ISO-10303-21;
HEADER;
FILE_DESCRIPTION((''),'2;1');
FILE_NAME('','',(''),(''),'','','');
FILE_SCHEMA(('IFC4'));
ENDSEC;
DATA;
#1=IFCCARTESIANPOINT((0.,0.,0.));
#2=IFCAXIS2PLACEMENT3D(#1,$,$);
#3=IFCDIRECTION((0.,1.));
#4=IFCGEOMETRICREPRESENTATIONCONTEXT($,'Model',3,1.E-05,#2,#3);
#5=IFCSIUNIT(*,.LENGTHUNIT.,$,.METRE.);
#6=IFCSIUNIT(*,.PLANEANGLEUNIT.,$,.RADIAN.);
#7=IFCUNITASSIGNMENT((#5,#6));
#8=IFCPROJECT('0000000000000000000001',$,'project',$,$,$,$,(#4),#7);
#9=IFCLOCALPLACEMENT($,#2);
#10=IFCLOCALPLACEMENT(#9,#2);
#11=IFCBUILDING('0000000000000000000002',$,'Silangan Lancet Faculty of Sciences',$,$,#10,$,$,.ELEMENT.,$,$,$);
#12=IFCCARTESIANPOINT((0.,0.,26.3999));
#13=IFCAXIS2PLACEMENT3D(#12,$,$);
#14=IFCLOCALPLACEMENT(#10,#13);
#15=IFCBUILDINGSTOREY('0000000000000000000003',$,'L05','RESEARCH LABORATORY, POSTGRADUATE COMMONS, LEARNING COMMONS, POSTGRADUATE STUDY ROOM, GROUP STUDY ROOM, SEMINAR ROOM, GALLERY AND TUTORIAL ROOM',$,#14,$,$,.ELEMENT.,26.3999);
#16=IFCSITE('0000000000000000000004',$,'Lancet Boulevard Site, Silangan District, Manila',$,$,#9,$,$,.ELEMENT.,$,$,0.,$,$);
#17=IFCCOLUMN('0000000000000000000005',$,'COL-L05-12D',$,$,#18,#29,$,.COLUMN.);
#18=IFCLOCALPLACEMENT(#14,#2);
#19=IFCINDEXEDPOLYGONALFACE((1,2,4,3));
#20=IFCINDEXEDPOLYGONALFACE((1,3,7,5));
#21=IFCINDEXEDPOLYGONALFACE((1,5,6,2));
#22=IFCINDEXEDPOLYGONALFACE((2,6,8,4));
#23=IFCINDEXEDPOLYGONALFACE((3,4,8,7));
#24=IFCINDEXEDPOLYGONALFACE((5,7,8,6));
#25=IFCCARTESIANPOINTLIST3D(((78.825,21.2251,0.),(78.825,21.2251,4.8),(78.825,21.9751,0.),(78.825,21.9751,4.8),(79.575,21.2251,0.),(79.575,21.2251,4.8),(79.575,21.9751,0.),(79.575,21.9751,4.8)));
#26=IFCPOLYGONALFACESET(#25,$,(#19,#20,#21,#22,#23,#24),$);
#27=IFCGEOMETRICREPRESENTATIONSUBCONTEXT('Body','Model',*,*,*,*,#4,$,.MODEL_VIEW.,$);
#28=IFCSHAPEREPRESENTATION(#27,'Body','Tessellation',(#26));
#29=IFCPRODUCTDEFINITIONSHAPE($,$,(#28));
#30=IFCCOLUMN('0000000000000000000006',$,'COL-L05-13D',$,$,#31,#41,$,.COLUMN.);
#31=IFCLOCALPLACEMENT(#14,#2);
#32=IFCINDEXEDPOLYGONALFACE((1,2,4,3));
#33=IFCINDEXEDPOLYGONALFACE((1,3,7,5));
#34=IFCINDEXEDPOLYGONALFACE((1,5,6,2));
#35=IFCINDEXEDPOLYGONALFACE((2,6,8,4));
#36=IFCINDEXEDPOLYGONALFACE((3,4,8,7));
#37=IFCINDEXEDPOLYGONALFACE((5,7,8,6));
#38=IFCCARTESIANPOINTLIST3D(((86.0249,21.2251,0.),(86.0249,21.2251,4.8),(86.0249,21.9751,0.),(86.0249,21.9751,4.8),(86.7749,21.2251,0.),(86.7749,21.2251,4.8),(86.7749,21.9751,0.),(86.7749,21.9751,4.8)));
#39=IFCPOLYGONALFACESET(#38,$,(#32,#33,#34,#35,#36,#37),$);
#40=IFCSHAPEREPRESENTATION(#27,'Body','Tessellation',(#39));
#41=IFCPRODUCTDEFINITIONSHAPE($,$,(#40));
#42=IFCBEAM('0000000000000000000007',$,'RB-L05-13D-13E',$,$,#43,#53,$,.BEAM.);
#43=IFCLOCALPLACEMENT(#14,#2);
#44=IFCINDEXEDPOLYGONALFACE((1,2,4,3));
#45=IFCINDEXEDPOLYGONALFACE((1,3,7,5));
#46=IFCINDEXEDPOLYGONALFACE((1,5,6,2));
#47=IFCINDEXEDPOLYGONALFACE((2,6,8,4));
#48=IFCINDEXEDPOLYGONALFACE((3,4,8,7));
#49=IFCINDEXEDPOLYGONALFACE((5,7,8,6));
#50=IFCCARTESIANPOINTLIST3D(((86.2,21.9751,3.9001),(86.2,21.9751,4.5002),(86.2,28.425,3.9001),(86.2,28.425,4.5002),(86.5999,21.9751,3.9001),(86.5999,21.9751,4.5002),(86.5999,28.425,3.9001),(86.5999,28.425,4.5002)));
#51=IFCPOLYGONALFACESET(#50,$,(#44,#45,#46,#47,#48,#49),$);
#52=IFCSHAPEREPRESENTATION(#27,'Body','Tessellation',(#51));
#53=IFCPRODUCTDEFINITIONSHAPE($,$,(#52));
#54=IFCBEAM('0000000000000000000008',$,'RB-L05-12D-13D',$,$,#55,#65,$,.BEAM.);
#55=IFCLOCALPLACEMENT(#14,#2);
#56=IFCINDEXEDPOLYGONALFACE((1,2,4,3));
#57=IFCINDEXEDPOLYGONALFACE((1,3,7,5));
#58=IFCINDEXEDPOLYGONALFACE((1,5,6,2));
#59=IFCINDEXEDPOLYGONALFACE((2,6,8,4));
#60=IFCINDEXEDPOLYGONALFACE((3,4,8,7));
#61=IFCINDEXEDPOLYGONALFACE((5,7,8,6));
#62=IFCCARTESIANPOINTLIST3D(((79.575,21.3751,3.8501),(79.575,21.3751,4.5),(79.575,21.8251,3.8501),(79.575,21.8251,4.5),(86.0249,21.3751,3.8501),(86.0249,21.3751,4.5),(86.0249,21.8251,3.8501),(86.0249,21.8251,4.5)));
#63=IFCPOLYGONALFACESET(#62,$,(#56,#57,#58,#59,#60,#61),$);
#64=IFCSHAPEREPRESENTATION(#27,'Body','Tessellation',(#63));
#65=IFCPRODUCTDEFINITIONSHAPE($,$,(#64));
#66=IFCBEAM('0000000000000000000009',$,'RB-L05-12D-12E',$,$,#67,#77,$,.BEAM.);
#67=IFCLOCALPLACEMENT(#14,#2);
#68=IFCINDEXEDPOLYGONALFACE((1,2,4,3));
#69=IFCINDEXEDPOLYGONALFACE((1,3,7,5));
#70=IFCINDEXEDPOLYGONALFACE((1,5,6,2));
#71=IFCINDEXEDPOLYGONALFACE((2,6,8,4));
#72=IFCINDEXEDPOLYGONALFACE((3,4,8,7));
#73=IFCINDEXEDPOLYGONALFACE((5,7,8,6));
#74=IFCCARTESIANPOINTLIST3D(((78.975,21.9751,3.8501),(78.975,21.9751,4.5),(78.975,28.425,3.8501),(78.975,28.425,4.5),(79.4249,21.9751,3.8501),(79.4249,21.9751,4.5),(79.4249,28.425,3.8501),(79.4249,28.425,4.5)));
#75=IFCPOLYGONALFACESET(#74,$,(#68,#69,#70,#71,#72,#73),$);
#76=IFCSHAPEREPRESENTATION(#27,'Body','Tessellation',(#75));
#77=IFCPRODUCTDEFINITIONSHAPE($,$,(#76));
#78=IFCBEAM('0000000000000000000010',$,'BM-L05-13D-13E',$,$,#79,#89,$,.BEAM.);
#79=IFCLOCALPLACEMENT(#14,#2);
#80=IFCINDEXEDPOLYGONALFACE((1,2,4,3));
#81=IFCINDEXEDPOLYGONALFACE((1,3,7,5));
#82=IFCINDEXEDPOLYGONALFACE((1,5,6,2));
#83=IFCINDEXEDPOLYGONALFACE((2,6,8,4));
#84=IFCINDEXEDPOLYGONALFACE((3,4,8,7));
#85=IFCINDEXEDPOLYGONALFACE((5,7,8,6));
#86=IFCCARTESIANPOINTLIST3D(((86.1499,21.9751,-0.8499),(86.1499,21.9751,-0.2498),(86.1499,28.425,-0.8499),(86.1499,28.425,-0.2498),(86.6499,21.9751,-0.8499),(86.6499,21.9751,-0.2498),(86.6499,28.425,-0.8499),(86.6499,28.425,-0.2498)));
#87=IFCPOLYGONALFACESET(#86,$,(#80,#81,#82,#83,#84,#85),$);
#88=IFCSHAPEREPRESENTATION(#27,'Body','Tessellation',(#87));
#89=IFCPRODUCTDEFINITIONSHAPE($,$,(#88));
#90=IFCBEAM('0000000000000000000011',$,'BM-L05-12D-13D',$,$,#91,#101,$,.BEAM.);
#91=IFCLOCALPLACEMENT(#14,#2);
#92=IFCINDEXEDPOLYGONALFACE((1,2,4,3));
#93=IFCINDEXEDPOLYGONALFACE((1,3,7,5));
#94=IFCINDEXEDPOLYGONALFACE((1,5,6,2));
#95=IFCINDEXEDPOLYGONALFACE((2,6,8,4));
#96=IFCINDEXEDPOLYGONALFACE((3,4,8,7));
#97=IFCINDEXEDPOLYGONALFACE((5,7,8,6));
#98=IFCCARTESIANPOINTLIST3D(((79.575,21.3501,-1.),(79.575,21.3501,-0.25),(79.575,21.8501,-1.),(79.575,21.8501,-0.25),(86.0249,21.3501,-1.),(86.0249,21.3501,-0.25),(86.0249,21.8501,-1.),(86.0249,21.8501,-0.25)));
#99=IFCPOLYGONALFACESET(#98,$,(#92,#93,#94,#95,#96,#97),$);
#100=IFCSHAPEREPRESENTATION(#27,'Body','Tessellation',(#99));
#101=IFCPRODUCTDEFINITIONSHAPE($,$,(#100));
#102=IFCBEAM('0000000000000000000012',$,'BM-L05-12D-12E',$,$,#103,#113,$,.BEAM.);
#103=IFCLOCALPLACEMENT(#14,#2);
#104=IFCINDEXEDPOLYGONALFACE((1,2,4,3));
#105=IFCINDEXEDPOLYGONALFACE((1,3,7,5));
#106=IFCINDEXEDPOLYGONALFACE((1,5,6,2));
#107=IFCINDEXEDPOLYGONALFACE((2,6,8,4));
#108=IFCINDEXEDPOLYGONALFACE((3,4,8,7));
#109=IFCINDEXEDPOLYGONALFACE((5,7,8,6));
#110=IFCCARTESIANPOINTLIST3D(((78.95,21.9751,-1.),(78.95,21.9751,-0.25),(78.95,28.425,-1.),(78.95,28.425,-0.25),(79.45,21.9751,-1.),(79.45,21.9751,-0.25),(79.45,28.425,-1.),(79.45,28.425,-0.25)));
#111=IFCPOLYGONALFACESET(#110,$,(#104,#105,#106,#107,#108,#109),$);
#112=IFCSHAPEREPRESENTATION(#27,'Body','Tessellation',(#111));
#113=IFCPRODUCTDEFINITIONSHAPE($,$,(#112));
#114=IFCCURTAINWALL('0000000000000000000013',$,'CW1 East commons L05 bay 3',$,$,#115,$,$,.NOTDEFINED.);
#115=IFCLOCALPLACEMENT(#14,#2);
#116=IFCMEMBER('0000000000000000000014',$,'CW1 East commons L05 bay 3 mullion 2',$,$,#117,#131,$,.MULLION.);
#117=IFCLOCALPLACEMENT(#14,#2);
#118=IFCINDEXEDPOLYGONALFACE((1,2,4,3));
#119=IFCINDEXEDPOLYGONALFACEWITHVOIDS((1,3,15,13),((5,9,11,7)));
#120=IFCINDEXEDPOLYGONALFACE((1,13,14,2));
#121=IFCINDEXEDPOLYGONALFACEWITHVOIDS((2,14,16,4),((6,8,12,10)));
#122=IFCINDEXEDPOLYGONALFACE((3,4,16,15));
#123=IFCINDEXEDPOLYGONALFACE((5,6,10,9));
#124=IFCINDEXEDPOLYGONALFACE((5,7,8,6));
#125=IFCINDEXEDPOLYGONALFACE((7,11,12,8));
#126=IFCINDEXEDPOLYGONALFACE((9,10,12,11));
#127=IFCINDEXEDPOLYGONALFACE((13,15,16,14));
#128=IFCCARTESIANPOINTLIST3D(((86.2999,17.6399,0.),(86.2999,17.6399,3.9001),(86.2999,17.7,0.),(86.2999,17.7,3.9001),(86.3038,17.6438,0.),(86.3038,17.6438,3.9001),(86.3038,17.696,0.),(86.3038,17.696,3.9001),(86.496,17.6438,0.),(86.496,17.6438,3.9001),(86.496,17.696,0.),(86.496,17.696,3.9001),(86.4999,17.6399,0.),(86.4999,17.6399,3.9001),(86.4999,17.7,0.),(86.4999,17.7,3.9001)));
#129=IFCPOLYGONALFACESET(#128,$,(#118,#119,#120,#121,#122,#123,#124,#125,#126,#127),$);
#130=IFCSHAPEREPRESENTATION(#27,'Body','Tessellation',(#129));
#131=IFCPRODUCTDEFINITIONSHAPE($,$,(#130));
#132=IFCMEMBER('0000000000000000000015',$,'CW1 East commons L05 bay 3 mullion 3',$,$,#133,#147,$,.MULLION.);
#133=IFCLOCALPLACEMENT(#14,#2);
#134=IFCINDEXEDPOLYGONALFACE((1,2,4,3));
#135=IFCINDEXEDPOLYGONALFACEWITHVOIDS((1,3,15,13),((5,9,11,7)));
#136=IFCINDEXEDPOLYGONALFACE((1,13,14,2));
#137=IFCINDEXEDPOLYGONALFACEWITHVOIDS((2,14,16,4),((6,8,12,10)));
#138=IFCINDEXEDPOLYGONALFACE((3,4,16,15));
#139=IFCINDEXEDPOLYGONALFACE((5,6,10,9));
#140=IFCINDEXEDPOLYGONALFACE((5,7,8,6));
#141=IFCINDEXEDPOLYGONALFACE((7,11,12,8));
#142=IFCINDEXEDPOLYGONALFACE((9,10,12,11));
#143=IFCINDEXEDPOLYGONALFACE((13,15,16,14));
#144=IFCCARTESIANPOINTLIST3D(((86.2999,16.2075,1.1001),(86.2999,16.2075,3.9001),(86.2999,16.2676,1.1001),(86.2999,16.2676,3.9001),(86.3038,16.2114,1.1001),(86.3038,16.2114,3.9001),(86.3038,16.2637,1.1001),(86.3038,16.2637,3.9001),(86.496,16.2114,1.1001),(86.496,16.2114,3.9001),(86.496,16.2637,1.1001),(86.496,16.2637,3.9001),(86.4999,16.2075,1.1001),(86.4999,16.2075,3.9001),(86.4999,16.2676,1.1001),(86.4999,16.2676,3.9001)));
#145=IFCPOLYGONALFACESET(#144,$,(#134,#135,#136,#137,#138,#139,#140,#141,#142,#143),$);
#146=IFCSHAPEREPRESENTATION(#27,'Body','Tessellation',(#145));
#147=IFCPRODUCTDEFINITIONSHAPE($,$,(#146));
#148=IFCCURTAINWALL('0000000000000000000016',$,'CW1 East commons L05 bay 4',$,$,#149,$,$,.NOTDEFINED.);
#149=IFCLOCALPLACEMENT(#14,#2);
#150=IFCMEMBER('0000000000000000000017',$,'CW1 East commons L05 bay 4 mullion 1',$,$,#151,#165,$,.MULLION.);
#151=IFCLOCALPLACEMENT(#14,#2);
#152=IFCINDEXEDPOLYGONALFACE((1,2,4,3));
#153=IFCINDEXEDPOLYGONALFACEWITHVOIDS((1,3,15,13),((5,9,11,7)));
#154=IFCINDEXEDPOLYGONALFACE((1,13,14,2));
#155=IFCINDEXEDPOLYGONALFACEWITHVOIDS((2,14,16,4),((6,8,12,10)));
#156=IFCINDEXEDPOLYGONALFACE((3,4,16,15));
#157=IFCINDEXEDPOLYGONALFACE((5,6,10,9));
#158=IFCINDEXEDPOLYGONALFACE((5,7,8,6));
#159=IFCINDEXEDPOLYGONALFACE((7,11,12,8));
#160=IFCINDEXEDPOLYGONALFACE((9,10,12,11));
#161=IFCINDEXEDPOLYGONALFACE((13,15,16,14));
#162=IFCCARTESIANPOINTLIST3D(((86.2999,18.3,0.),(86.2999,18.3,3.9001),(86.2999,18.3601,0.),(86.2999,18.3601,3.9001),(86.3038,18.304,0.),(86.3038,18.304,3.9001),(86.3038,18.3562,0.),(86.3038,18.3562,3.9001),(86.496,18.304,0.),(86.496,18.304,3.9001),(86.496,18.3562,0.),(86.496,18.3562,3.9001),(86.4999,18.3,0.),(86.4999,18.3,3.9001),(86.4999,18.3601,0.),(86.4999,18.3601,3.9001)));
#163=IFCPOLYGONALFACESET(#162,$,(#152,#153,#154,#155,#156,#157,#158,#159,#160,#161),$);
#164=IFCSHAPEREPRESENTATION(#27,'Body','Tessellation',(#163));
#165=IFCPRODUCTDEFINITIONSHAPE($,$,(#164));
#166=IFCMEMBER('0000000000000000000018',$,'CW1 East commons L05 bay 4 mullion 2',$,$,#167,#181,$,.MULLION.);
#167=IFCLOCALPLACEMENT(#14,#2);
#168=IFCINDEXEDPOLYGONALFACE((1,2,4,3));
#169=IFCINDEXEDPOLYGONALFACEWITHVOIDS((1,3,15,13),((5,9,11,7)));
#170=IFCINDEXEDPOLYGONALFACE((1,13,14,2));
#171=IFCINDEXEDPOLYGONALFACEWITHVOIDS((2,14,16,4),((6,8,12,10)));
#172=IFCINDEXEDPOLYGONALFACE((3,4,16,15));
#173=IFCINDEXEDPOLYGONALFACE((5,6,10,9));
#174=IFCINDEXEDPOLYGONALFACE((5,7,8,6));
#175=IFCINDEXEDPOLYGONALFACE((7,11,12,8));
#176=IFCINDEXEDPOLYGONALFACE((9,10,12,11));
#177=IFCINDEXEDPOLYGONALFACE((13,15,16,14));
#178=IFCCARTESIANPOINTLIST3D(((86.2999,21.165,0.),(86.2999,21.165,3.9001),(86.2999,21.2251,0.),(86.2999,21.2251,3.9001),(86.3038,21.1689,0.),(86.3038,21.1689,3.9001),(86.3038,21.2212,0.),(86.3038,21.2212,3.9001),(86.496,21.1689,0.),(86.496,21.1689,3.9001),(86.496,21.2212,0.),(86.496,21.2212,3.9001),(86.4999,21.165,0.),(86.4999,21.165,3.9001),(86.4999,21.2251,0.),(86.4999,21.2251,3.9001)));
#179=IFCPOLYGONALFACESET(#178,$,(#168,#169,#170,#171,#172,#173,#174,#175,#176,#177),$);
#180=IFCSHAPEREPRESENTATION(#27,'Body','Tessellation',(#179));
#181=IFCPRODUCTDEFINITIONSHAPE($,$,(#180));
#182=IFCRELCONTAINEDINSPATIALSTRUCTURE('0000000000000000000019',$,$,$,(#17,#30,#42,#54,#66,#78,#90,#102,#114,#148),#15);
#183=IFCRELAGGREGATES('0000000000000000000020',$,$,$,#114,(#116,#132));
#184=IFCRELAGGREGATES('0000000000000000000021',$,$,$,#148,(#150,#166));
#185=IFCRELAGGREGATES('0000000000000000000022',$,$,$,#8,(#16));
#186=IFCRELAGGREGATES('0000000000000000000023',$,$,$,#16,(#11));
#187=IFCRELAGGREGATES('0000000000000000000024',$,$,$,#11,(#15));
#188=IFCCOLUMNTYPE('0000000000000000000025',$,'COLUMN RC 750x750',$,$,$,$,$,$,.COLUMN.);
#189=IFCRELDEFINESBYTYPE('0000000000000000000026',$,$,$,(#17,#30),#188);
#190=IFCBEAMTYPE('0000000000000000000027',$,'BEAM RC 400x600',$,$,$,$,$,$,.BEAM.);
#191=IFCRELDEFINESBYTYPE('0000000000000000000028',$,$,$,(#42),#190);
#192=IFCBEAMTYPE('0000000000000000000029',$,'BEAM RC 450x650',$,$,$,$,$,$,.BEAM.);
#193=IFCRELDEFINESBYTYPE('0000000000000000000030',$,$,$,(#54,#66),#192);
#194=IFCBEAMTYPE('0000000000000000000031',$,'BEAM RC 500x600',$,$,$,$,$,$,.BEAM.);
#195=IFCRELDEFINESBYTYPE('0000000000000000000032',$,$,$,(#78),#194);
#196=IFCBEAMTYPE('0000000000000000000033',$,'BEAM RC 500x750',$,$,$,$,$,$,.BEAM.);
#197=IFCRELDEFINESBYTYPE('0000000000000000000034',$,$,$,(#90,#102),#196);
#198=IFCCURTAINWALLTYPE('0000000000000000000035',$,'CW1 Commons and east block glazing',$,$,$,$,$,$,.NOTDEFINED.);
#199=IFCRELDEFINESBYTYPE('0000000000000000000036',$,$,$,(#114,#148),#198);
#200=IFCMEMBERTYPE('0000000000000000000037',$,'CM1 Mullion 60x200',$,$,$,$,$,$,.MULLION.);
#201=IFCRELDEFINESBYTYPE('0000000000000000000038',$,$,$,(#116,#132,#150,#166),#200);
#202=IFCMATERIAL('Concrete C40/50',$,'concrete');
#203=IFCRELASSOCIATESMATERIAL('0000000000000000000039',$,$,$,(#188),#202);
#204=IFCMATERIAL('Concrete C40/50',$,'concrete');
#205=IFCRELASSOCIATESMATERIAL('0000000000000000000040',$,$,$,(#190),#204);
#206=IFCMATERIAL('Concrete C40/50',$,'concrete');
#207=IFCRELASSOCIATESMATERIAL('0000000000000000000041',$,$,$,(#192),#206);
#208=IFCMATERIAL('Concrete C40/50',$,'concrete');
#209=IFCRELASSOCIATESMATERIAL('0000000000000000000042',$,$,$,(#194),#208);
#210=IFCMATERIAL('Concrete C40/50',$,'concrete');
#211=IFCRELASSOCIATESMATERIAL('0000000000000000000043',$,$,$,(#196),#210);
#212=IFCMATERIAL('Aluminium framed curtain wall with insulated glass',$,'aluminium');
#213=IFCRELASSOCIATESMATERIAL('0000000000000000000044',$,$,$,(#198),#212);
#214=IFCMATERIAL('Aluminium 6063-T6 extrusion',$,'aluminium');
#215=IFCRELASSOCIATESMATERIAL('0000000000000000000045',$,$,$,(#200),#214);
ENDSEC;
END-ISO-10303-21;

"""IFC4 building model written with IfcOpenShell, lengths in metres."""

from ifc_helpers import new_model, si_unit, direction, frame, origin, origin_2d, place, context, subcontext, project, spatial, rectangle, hollow_rectangle, extrude, material, material_profile, profile_set, type_object, element, aggregate, save


model = new_model("IFC4")

# Units and contexts
model_context = context("Model", 3, precision=1e-05, world=origin(), true_north=direction((0.0, 1.0)))
body_context = subcontext(model_context, "Body", "Model", "MODEL_VIEW")
ifc_project = project(units=[si_unit("LENGTHUNIT", "METRE"), si_unit("PLANEANGLEUNIT", "RADIAN")], contexts=[model_context])

# Site, building, storey
site_placement = place(None, origin())
site = spatial("IfcSite", under=ifc_project, at=site_placement, Name="Lancet Boulevard Site, Silangan District, Manila", CompositionType="ELEMENT", RefElevation=0.0)
building_placement = place(site_placement, origin())
building = spatial("IfcBuilding", under=site, at=building_placement, Name="Silangan Lancet Faculty of Sciences", CompositionType="ELEMENT")
storey_placement = place(building_placement, frame((0.0, 0.0, 26.3999)))
storey = spatial("IfcBuildingStorey", under=building, at=storey_placement, Name="L05", Description="RESEARCH LABORATORY, POSTGRADUATE COMMONS, LEARNING COMMONS, POSTGRADUATE STUDY ROOM, GROUP STUDY ROOM, SEMINAR ROOM, GALLERY AND TUTORIAL ROOM", CompositionType="ELEMENT", Elevation=26.3999)

# Columns
ifc_material_1 = material(Name="Concrete C40/50", Category="concrete")
ifc_material_profile_1 = material_profile(ifc_material_1, rectangle(XDim=0.75, YDim=0.75, at=origin_2d()), Name="RC 750x750")
ifc_profile_set_1 = profile_set([ifc_material_profile_1], Name="Concrete C40/50")
column_type = type_object("IfcColumnType", Name="COLUMN RC 750x750", PredefinedType="COLUMN", material=ifc_profile_set_1)
for number, where, z_axis, x_axis, name in (
    (1, (79.2, 21.6001, 0.0), (0.0, 0.0, 1.0), (1.0, 0.0, 0.0), "COL-L05-12D"),
    (2, (86.3999, 21.6001, 0.0), (0.0, 0.0, 1.0), (1.0, 0.0, 0.0), "COL-L05-13D"),
):
    element("IfcColumn", number, at=place(storey_placement, frame(where, z_axis=z_axis, x_axis=x_axis)), inside=storey, type_object=column_type, Name=name, PredefinedType="COLUMN", context=body_context, shape_type="SweptSolid", body=[
        extrude(rectangle(XDim=0.75, YDim=0.75, at=origin_2d()), origin(), (0.0, 0.0, 1.0), 4.8),
    ])

# Beams
ifc_material_2 = material(Name="Concrete C40/50", Category="concrete")
ifc_material_profile_2 = material_profile(ifc_material_2, rectangle(XDim=0.3999, YDim=0.6001, at=origin_2d()), Name="RC 400x600")
ifc_profile_set_2 = profile_set([ifc_material_profile_2], Name="Concrete C40/50")
beam_type_1 = type_object("IfcBeamType", Name="BEAM RC 400x600", PredefinedType="BEAM", material=ifc_profile_set_2)
beam_1_placement = place(storey_placement, frame((86.3999, 21.9751, 4.2002), z_axis=(0.0, 1.0, 0.0), x_axis=(-1.0, 0.0, 0.0)))
element("IfcBeam", 3, at=beam_1_placement, inside=storey, type_object=beam_type_1, Name="RB-L05-13D-13E", PredefinedType="BEAM", context=body_context, shape_type="SweptSolid", body=[
    extrude(rectangle(XDim=0.3999, YDim=0.6001, at=origin_2d()), origin(), (0.0, 0.0, 1.0), 6.45),
])
ifc_material_3 = material(Name="Concrete C40/50", Category="concrete")
ifc_material_profile_3 = material_profile(ifc_material_3, rectangle(XDim=0.45, YDim=0.6499, at=origin_2d()), Name="RC 450x650")
ifc_profile_set_3 = profile_set([ifc_material_profile_3], Name="Concrete C40/50")
beam_type_2 = type_object("IfcBeamType", Name="BEAM RC 450x650", PredefinedType="BEAM", material=ifc_profile_set_3)
for number, where, z_axis, x_axis, name in (
    (4, (79.575, 21.6001, 4.175), (1.0, 0.0, 0.0), (0.0, 1.0, 0.0), "RB-L05-12D-13D"),
    (5, (79.2, 21.9751, 4.175), (0.0, 1.0, 0.0), (-1.0, 0.0, 0.0), "RB-L05-12D-12E"),
):
    element("IfcBeam", number, at=place(storey_placement, frame(where, z_axis=z_axis, x_axis=x_axis)), inside=storey, type_object=beam_type_2, Name=name, PredefinedType="BEAM", context=body_context, shape_type="SweptSolid", body=[
        extrude(rectangle(XDim=0.45, YDim=0.6499, at=origin_2d()), origin(), (0.0, 0.0, 1.0), 6.45),
    ])
ifc_material_4 = material(Name="Concrete C40/50", Category="concrete")
ifc_material_profile_4 = material_profile(ifc_material_4, rectangle(XDim=0.5, YDim=0.6001, at=origin_2d()), Name="RC 500x600")
ifc_profile_set_4 = profile_set([ifc_material_profile_4], Name="Concrete C40/50")
beam_type_3 = type_object("IfcBeamType", Name="BEAM RC 500x600", PredefinedType="BEAM", material=ifc_profile_set_4)
beam_2_placement = place(storey_placement, frame((86.3999, 21.9751, -0.5498), z_axis=(0.0, 1.0, 0.0), x_axis=(-1.0, 0.0, 0.0)))
element("IfcBeam", 6, at=beam_2_placement, inside=storey, type_object=beam_type_3, Name="BM-L05-13D-13E", PredefinedType="BEAM", context=body_context, shape_type="SweptSolid", body=[
    extrude(rectangle(XDim=0.5, YDim=0.6001, at=origin_2d()), origin(), (0.0, 0.0, 1.0), 6.45),
])
ifc_material_5 = material(Name="Concrete C40/50", Category="concrete")
ifc_material_profile_5 = material_profile(ifc_material_5, rectangle(XDim=0.5, YDim=0.75, at=origin_2d()), Name="RC 500x750")
ifc_profile_set_5 = profile_set([ifc_material_profile_5], Name="Concrete C40/50")
beam_type_4 = type_object("IfcBeamType", Name="BEAM RC 500x750", PredefinedType="BEAM", material=ifc_profile_set_5)
for number, where, z_axis, x_axis, name in (
    (7, (79.575, 21.6001, -0.625), (1.0, 0.0, 0.0), (0.0, 1.0, 0.0), "BM-L05-12D-13D"),
    (8, (79.2, 21.9751, -0.625), (0.0, 1.0, 0.0), (-1.0, 0.0, 0.0), "BM-L05-12D-12E"),
):
    element("IfcBeam", number, at=place(storey_placement, frame(where, z_axis=z_axis, x_axis=x_axis)), inside=storey, type_object=beam_type_4, Name=name, PredefinedType="BEAM", context=body_context, shape_type="SweptSolid", body=[
        extrude(rectangle(XDim=0.5, YDim=0.75, at=origin_2d()), origin(), (0.0, 0.0, 1.0), 6.45),
    ])

# Curtain walls, members
ifc_material_6 = material(Name="Aluminium framed curtain wall with insulated glass", Category="aluminium")
curtain_wall_type = type_object("IfcCurtainWallType", Name="CW1 Commons and east block glazing", PredefinedType="NOTDEFINED", material=ifc_material_6)
curtain_wall_1_placement = place(storey_placement, origin())
curtain_wall_1 = element("IfcCurtainWall", 9, at=curtain_wall_1_placement, inside=storey, type_object=curtain_wall_type, Name="CW1 East commons L05 bay 3", PredefinedType="NOTDEFINED")
ifc_material_7 = material(Name="Aluminium 6063-T6 extrusion", Category="aluminium")
ifc_material_profile_6 = material_profile(ifc_material_7, hollow_rectangle(XDim=0.0601, YDim=0.2, WallThickness=0.0039, at=origin_2d()), Name="AL BOX 60x200x4")
ifc_profile_set_6 = profile_set([ifc_material_profile_6], Name="Aluminium 6063-T6 extrusion")
member_type_1 = type_object("IfcMemberType", Name="CM1 Mullion 60x200", PredefinedType="MULLION", material=ifc_profile_set_6)
member_1_placement = place(storey_placement, frame((86.3999, 17.6699, 0.0), z_axis=(0.0, 0.0, 1.0), x_axis=(0.0, 1.0, 0.0)))
member_1 = element("IfcMember", 10, at=member_1_placement, type_object=member_type_1, Name="CW1 East commons L05 bay 3 mullion 2", PredefinedType="MULLION", context=body_context, shape_type="SweptSolid", body=[
    extrude(hollow_rectangle(XDim=0.0601, YDim=0.2, WallThickness=0.0039, at=origin_2d()), origin(), (0.0, 0.0, 1.0), 3.9001),
])
member_2_placement = place(storey_placement, frame((86.3999, 16.2375, 1.1001), z_axis=(0.0, 0.0, 1.0), x_axis=(0.0, 1.0, 0.0)))
member_2 = element("IfcMember", 11, at=member_2_placement, type_object=member_type_1, Name="CW1 East commons L05 bay 3 mullion 3", PredefinedType="MULLION", context=body_context, shape_type="SweptSolid", body=[
    extrude(hollow_rectangle(XDim=0.0601, YDim=0.2, WallThickness=0.0039, at=origin_2d()), origin(), (0.0, 0.0, 1.0), 2.8),
])
curtain_wall_2_placement = place(storey_placement, origin())
curtain_wall_2 = element("IfcCurtainWall", 12, at=curtain_wall_2_placement, inside=storey, type_object=curtain_wall_type, Name="CW1 East commons L05 bay 4", PredefinedType="NOTDEFINED")
member_3_placement = place(storey_placement, frame((86.3999, 18.3301, 0.0), z_axis=(0.0, 0.0, 1.0), x_axis=(0.0, 1.0, 0.0)))
member_3 = element("IfcMember", 13, at=member_3_placement, type_object=member_type_1, Name="CW1 East commons L05 bay 4 mullion 1", PredefinedType="MULLION", context=body_context, shape_type="SweptSolid", body=[
    extrude(hollow_rectangle(XDim=0.0601, YDim=0.2, WallThickness=0.0039, at=origin_2d()), origin(), (0.0, 0.0, 1.0), 3.9001),
])
member_4_placement = place(storey_placement, frame((86.3999, 21.1951, 0.0), z_axis=(0.0, 0.0, 1.0), x_axis=(0.0, 1.0, 0.0)))
member_4 = element("IfcMember", 14, at=member_4_placement, type_object=member_type_1, Name="CW1 East commons L05 bay 4 mullion 2", PredefinedType="MULLION", context=body_context, shape_type="SweptSolid", body=[
    extrude(hollow_rectangle(XDim=0.0601, YDim=0.2, WallThickness=0.0039, at=origin_2d()), origin(), (0.0, 0.0, 1.0), 3.9001),
])

aggregate(curtain_wall_1, [member_1, member_2])
aggregate(curtain_wall_2, [member_3, member_4])

save(model, "model.ifc")
